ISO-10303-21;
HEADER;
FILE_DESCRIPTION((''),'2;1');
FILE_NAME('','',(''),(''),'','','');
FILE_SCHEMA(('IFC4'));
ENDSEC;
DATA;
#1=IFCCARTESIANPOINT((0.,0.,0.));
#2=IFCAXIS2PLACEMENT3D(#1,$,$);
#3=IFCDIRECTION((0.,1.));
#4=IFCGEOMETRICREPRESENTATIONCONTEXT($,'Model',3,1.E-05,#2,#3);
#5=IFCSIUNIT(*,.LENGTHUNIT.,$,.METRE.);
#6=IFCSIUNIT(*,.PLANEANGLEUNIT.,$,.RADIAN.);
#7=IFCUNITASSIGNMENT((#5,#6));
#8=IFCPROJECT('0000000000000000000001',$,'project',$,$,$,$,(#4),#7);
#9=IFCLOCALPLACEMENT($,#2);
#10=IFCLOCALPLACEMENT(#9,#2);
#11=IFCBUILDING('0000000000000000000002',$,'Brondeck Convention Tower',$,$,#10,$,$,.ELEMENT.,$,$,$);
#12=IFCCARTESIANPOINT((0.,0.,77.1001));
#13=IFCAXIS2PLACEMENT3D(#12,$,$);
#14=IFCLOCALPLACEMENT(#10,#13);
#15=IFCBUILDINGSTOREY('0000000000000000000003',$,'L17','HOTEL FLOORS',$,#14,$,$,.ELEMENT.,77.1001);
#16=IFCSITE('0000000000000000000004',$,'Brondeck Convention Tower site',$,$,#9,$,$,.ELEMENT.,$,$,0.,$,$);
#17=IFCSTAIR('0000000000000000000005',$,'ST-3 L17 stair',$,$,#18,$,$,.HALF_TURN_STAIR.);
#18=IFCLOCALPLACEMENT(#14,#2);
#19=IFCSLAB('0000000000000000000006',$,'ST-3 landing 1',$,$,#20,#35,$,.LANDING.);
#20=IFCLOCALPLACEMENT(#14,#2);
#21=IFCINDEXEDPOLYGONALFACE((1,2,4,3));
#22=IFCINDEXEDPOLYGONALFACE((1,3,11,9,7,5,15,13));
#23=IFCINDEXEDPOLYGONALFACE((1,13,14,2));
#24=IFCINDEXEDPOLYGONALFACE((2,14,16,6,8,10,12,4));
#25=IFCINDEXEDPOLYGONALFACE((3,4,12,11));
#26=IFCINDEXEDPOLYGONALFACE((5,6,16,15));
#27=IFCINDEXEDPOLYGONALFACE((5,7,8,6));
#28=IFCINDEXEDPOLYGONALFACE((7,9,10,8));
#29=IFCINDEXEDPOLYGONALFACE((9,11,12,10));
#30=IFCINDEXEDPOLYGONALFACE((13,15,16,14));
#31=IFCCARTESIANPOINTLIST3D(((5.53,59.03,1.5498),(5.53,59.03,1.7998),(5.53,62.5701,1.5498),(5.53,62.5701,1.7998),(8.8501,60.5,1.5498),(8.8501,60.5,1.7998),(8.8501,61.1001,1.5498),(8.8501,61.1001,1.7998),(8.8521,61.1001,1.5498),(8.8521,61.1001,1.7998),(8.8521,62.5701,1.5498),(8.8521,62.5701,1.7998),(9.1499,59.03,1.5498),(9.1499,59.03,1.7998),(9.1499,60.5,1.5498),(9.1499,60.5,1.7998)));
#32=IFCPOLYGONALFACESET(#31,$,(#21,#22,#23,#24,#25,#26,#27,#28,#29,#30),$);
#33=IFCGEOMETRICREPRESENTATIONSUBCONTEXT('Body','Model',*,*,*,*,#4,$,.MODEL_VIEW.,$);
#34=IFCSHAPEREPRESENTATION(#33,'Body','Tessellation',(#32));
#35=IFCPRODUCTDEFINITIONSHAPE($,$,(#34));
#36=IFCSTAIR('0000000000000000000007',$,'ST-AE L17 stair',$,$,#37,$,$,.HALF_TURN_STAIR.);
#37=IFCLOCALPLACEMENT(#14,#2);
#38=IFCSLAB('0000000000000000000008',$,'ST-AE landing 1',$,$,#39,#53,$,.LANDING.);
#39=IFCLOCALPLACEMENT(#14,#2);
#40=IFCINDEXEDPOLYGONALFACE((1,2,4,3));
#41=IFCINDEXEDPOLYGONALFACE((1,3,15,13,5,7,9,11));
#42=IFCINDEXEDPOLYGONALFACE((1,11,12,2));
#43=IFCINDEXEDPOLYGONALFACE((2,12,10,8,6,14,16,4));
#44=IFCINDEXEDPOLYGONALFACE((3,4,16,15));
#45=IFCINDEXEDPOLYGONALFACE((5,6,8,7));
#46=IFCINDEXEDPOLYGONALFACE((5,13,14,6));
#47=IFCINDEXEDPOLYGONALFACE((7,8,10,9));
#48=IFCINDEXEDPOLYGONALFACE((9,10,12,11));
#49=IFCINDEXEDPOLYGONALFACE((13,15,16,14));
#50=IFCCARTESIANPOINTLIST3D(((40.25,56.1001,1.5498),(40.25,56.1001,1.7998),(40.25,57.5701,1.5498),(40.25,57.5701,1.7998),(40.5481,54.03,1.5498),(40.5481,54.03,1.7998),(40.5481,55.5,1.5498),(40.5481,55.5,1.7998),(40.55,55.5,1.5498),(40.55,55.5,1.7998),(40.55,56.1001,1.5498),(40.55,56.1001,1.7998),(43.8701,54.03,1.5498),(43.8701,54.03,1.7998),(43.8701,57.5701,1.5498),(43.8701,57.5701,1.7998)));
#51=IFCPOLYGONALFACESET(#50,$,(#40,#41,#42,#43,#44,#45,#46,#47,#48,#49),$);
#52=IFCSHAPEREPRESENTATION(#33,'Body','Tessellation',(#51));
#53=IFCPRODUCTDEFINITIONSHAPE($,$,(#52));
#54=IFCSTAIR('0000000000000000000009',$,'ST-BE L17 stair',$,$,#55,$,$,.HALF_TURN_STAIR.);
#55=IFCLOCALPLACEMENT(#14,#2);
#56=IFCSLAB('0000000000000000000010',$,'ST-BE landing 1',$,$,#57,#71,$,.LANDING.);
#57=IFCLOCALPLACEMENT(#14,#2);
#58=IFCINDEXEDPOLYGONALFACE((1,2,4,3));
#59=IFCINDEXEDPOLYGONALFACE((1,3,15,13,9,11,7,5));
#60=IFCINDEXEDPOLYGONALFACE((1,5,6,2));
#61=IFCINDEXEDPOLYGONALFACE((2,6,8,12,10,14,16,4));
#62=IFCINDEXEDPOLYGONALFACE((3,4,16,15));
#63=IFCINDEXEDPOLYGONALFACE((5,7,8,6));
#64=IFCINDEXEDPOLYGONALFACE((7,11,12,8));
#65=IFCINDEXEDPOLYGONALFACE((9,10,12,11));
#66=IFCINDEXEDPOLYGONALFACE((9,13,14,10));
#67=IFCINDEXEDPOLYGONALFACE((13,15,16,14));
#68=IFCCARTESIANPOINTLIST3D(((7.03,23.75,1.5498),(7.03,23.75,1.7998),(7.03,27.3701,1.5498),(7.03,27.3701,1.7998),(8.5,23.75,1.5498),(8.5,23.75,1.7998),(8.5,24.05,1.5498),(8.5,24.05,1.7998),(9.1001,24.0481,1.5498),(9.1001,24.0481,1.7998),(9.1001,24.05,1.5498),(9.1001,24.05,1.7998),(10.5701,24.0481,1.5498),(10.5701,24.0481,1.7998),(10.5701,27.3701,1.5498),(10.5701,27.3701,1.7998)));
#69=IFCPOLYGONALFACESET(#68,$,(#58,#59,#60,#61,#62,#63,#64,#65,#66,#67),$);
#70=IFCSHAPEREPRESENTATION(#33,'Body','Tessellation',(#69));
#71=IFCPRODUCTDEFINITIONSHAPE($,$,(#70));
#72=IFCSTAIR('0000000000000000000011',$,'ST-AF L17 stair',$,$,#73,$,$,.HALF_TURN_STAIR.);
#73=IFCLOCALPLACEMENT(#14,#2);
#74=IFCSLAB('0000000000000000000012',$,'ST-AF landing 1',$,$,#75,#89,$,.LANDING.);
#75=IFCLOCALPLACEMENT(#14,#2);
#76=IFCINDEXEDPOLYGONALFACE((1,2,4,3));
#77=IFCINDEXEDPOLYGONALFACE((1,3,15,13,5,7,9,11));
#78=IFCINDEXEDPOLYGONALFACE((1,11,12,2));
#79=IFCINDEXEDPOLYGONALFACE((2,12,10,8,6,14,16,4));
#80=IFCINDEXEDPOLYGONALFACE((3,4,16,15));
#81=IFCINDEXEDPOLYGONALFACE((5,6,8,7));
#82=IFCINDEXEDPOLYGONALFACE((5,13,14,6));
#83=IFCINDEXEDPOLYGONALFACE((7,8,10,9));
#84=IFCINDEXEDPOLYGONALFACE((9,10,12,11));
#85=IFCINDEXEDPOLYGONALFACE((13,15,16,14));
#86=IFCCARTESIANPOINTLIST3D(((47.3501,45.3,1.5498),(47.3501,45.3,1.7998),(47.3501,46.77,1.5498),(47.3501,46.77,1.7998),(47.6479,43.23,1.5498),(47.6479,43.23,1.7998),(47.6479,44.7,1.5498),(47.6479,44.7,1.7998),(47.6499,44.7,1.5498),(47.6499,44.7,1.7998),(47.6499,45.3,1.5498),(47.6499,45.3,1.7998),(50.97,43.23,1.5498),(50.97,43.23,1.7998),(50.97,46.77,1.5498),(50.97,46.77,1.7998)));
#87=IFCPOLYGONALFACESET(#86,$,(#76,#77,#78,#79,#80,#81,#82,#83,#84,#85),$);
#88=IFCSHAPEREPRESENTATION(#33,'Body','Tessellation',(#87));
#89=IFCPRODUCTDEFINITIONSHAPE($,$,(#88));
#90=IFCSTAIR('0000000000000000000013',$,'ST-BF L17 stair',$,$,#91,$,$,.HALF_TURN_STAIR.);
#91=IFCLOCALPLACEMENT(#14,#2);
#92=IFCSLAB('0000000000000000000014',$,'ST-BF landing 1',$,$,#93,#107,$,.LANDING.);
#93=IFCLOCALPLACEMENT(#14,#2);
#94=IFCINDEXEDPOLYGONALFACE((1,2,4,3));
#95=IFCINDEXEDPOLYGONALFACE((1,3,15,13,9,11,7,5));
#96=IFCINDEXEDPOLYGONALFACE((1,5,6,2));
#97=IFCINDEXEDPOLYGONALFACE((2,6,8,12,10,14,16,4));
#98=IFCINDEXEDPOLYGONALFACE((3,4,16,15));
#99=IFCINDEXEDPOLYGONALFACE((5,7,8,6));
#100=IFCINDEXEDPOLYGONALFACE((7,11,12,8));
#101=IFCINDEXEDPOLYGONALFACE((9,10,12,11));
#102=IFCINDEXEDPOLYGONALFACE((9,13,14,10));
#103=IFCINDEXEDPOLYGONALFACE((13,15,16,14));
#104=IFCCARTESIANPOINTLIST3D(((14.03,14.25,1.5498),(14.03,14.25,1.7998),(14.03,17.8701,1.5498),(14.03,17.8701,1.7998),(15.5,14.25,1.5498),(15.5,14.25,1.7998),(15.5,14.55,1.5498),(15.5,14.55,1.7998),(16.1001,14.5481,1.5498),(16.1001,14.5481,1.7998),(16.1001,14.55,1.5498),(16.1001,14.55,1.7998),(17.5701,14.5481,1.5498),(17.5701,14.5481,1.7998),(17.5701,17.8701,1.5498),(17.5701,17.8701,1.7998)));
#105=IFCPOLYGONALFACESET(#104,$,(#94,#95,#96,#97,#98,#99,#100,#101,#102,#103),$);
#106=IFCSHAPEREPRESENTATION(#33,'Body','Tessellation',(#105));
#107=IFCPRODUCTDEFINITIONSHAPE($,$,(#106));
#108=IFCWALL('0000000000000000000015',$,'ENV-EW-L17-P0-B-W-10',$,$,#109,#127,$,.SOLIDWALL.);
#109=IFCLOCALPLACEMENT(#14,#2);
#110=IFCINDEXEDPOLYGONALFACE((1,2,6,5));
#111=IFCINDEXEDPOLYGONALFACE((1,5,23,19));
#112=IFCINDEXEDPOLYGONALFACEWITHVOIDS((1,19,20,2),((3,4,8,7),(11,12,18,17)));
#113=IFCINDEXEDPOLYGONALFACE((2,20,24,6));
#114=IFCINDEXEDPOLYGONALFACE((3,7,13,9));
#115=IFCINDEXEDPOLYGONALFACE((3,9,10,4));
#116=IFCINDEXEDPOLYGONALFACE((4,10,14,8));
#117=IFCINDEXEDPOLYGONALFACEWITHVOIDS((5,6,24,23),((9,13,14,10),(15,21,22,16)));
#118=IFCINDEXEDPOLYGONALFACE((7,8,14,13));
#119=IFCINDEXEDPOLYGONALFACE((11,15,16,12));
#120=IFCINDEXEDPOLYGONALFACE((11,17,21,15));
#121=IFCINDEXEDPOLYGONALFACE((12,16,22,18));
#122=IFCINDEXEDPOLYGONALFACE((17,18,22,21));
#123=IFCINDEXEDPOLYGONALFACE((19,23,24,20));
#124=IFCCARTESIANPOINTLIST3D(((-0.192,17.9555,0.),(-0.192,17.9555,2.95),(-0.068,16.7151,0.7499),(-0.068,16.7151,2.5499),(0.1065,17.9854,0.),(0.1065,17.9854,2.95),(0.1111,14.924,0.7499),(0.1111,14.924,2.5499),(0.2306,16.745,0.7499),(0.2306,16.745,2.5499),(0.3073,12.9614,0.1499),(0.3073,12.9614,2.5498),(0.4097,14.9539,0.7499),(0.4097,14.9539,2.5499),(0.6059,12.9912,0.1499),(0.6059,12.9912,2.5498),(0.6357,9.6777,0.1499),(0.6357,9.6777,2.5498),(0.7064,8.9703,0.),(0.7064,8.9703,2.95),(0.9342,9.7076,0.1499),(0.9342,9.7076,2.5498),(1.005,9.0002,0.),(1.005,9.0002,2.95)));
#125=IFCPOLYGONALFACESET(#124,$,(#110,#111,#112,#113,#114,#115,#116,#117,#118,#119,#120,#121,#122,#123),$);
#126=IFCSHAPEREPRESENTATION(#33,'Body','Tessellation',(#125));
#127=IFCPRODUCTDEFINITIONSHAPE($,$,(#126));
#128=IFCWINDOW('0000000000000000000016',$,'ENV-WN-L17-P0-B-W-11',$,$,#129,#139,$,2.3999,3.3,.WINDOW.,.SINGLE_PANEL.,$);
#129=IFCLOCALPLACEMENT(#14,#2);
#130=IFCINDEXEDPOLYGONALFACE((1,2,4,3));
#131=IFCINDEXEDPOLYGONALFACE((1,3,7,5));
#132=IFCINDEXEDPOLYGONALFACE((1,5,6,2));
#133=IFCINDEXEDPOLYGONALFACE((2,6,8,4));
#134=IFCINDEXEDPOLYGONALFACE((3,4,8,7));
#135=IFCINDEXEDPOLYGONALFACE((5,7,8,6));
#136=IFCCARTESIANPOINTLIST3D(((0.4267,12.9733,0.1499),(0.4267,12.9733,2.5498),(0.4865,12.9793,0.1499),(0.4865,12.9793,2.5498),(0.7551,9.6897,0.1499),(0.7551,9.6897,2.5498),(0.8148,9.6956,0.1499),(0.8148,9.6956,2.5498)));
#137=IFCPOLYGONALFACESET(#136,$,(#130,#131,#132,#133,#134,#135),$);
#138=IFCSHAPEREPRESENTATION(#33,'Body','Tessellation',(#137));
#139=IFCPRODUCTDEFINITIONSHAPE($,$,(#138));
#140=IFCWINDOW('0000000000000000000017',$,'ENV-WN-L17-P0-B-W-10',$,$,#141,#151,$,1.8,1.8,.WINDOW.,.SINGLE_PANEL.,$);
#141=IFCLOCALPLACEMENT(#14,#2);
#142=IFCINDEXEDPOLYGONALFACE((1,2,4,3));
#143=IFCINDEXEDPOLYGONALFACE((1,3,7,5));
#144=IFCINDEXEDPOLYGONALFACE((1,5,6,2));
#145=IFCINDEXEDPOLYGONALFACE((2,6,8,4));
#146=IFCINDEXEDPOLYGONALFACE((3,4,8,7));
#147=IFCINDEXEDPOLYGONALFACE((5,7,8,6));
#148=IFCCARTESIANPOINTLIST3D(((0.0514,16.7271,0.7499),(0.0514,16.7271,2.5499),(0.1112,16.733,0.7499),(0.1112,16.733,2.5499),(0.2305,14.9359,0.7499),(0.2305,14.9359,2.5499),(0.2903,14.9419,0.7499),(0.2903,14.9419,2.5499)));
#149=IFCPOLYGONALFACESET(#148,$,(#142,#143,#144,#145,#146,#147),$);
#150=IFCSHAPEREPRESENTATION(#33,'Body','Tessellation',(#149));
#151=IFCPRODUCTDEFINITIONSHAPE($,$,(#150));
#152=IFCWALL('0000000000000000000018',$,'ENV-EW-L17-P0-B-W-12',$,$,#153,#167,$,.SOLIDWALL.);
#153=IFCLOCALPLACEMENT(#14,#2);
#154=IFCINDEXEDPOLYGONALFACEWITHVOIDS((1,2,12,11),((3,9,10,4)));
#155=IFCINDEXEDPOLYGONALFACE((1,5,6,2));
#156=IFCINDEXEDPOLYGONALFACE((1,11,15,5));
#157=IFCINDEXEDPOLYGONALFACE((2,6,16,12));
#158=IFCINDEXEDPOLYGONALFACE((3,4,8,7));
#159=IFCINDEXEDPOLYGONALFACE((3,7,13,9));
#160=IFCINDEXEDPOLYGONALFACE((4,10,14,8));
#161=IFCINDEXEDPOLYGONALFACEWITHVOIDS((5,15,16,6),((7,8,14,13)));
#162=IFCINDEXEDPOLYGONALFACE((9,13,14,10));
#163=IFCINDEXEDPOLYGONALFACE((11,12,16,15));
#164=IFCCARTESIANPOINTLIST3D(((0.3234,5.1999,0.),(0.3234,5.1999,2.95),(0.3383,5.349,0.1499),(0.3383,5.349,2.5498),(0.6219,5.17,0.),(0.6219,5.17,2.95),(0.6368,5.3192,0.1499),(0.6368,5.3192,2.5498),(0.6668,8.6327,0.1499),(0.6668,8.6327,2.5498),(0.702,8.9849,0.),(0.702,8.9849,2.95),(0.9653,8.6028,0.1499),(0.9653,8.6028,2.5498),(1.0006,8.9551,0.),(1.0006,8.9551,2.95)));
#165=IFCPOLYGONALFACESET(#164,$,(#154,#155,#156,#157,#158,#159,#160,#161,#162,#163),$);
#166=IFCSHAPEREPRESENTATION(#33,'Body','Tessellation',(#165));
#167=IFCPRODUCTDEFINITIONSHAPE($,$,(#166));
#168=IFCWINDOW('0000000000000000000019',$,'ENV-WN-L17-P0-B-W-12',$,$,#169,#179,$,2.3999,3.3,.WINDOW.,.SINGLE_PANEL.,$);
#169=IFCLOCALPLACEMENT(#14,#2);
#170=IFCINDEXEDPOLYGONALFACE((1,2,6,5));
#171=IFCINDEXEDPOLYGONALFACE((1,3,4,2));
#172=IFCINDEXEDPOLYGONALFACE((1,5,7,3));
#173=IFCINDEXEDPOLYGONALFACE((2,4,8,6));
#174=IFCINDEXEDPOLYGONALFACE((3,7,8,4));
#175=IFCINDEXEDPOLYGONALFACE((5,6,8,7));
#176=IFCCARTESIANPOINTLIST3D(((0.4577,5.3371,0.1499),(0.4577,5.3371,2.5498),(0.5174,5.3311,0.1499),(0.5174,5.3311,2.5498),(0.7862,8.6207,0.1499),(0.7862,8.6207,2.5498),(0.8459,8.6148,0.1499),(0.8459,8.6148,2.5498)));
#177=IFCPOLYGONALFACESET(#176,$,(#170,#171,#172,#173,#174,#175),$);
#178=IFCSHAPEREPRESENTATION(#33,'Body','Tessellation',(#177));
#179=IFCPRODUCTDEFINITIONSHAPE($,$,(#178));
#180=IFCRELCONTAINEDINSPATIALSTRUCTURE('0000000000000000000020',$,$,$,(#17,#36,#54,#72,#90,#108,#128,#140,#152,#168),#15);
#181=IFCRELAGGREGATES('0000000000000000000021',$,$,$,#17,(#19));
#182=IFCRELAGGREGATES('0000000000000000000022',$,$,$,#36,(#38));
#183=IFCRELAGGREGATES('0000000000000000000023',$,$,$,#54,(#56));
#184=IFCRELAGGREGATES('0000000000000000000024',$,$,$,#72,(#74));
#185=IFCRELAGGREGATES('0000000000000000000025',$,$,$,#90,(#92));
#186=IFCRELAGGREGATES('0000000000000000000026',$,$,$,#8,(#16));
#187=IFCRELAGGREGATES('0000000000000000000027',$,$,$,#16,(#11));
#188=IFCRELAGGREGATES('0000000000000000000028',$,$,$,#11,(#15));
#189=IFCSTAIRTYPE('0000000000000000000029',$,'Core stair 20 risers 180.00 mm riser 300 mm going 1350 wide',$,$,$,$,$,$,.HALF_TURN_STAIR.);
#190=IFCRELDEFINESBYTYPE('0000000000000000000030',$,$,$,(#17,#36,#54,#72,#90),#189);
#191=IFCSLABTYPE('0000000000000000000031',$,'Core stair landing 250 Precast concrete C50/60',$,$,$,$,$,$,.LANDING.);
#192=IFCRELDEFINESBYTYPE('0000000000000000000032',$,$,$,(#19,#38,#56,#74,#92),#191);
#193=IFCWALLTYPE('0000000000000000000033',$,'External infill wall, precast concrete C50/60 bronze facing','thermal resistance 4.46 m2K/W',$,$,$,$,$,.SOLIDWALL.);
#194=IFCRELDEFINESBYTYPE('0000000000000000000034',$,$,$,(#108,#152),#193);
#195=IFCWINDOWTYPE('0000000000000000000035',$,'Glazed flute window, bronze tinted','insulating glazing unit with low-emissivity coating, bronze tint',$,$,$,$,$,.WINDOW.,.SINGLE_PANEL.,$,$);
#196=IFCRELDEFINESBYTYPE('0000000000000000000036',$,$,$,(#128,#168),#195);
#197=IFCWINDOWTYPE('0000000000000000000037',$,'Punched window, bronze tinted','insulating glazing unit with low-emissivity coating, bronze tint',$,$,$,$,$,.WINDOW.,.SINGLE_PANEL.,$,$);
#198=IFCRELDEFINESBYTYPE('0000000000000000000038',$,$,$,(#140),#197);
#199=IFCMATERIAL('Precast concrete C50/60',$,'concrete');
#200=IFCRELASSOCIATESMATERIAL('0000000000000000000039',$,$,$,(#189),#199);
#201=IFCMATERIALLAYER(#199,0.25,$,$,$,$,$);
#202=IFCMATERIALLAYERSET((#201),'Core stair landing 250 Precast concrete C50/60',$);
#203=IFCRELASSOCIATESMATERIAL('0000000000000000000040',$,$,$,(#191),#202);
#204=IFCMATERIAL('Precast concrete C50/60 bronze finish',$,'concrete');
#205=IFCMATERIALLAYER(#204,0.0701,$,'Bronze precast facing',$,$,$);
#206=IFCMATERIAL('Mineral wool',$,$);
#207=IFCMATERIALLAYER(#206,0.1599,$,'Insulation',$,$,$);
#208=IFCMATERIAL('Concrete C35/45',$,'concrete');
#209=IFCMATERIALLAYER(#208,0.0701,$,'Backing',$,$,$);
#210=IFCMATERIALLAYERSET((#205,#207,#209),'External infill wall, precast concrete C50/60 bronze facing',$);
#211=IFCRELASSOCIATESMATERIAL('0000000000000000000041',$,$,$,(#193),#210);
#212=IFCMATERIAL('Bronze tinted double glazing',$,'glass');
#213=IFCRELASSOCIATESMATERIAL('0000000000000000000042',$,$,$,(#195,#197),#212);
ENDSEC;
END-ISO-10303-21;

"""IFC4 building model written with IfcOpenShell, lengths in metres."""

from ifc_helpers import new_model, si_unit, direction, frame, frame_2d, origin, place, context, subcontext, project, spatial, polyline, rectangle, outline, extrude, material, layer, layer_set, type_object, element, fill, aggregate, save


model = new_model("IFC4")

# Units and contexts
model_context = context("Model", 3, precision=1e-05, world=origin(), true_north=direction((0.0, 1.0)))
body_context = subcontext(model_context, "Body", "Model", "MODEL_VIEW")
ifc_project = project(units=[si_unit("LENGTHUNIT", "METRE"), si_unit("PLANEANGLEUNIT", "RADIAN")], contexts=[model_context])

# Site, building, storey
site_placement = place(None, origin())
site = spatial("IfcSite", under=ifc_project, at=site_placement, Name="Brondeck Convention Tower site", CompositionType="ELEMENT", RefElevation=0.0)
building_placement = place(site_placement, origin())
building = spatial("IfcBuilding", under=site, at=building_placement, Name="Brondeck Convention Tower", CompositionType="ELEMENT")
storey_placement = place(building_placement, frame((0.0, 0.0, 77.1001)))
storey = spatial("IfcBuildingStorey", under=building, at=storey_placement, Name="L17", Description="HOTEL FLOORS", CompositionType="ELEMENT", Elevation=77.1001)

# Shared definitions
ifc_material_1 = material(Name="Concrete C35/45", Category="concrete")

# Stairs, slabs
ifc_material_2 = material(Name="Precast concrete C50/60", Category="concrete")
stair_type = type_object("IfcStairType", Name="Core stair 20 risers 180.00 mm riser 300 mm going 1350 wide", PredefinedType="HALF_TURN_STAIR", material=ifc_material_2)
ifc_layer_1 = layer(ifc_material_2, 0.25)
ifc_layer_set_1 = layer_set([ifc_layer_1], Name="Core stair landing 250 Precast concrete C50/60")
slab_type_1 = type_object("IfcSlabType", Name="Core stair landing 250 Precast concrete C50/60", PredefinedType="LANDING", material=ifc_layer_set_1)
stair_1_placement = place(storey_placement, origin())
stair_1 = element("IfcStair", 1, at=stair_1_placement, inside=storey, type_object=stair_type, Name="ST-3 L17 stair", PredefinedType="HALF_TURN_STAIR")
slab_1_placement = place(storey_placement, frame((0.0, 0.0, 1.5498)))
slab_1 = element("IfcSlab", 2, at=slab_1_placement, type_object=slab_type_1, Name="ST-3 landing 1", PredefinedType="LANDING", context=body_context, shape_type="SweptSolid", body=[
    extrude(outline(polyline([(9.1499, 60.5), (9.1499, 59.03), (5.53, 59.03), (5.53, 62.5701), (8.8521, 62.5701), (8.8521, 61.1001), (8.8501, 61.1001), (8.8501, 60.5), (9.1499, 60.5)])), origin(), (0.0, 0.0, 1.0), 0.25),
])
aggregate(stair_1, [slab_1])
stair_2_placement = place(storey_placement, origin())
stair_2 = element("IfcStair", 3, at=stair_2_placement, inside=storey, type_object=stair_type, Name="ST-AE L17 stair", PredefinedType="HALF_TURN_STAIR")
slab_2_placement = place(storey_placement, frame((0.0, 0.0, 1.5498)))
slab_2 = element("IfcSlab", 4, at=slab_2_placement, type_object=slab_type_1, Name="ST-AE landing 1", PredefinedType="LANDING", context=body_context, shape_type="SweptSolid", body=[
    extrude(outline(polyline([(40.5481, 55.5), (40.55, 55.5), (40.55, 56.1001), (40.25, 56.1001), (40.25, 57.5701), (43.8701, 57.5701), (43.8701, 54.03), (40.5481, 54.03), (40.5481, 55.5)])), origin(), (0.0, 0.0, 1.0), 0.25),
])
aggregate(stair_2, [slab_2])
stair_3_placement = place(storey_placement, origin())
stair_3 = element("IfcStair", 5, at=stair_3_placement, inside=storey, type_object=stair_type, Name="ST-BE L17 stair", PredefinedType="HALF_TURN_STAIR")
slab_3_placement = place(storey_placement, frame((0.0, 0.0, 1.5498)))
slab_3 = element("IfcSlab", 6, at=slab_3_placement, type_object=slab_type_1, Name="ST-BE landing 1", PredefinedType="LANDING", context=body_context, shape_type="SweptSolid", body=[
    extrude(outline(polyline([(7.03, 23.75), (7.03, 27.3701), (10.5701, 27.3701), (10.5701, 24.0481), (9.1001, 24.0481), (9.1001, 24.05), (8.5, 24.05), (8.5, 23.75), (7.03, 23.75)])), origin(), (0.0, 0.0, 1.0), 0.25),
])
aggregate(stair_3, [slab_3])
stair_4_placement = place(storey_placement, origin())
stair_4 = element("IfcStair", 7, at=stair_4_placement, inside=storey, type_object=stair_type, Name="ST-AF L17 stair", PredefinedType="HALF_TURN_STAIR")
slab_4_placement = place(storey_placement, frame((0.0, 0.0, 1.5498)))
slab_4 = element("IfcSlab", 8, at=slab_4_placement, type_object=slab_type_1, Name="ST-AF landing 1", PredefinedType="LANDING", context=body_context, shape_type="SweptSolid", body=[
    extrude(outline(polyline([(47.6479, 44.7), (47.6499, 44.7), (47.6499, 45.3), (47.3501, 45.3), (47.3501, 46.77), (50.97, 46.77), (50.97, 43.23), (47.6479, 43.23), (47.6479, 44.7)])), origin(), (0.0, 0.0, 1.0), 0.25),
])
aggregate(stair_4, [slab_4])
stair_5_placement = place(storey_placement, origin())
stair_5 = element("IfcStair", 9, at=stair_5_placement, inside=storey, type_object=stair_type, Name="ST-BF L17 stair", PredefinedType="HALF_TURN_STAIR")
slab_5_placement = place(storey_placement, frame((0.0, 0.0, 1.5498)))
slab_5 = element("IfcSlab", 10, at=slab_5_placement, type_object=slab_type_1, Name="ST-BF landing 1", PredefinedType="LANDING", context=body_context, shape_type="SweptSolid", body=[
    extrude(outline(polyline([(14.03, 14.25), (14.03, 17.8701), (17.5701, 17.8701), (17.5701, 14.5481), (16.1001, 14.5481), (16.1001, 14.55), (15.5, 14.55), (15.5, 14.25), (14.03, 14.25)])), origin(), (0.0, 0.0, 1.0), 0.25),
])
aggregate(stair_5, [slab_5])

# Wall, openings, windows
ifc_material_3 = material(Name="Precast concrete C50/60 bronze finish", Category="concrete")
ifc_layer_2 = layer(ifc_material_3, 0.0701, Name="Bronze precast facing")
ifc_material_4 = material(Name="Mineral wool")
ifc_layer_3 = layer(ifc_material_4, 0.1599, Name="Insulation")
ifc_layer_4 = layer(ifc_material_1, 0.0701, Name="Backing")
ifc_layer_set_2 = layer_set([ifc_layer_2, ifc_layer_3, ifc_layer_4], Name="External infill wall, precast concrete C50/60 bronze facing")
wall_type_1 = type_object("IfcWallType", Name="External infill wall, precast concrete C50/60 bronze facing", Description="thermal resistance 4.46 m2K/W", PredefinedType="SOLIDWALL", material=ifc_layer_set_2)
wall_1_placement = place(storey_placement, frame((0.8557, 8.9851, 0.0), z_axis=(0.0, 0.0, 1.0), x_axis=(-0.099496, 0.995038, 0.0)))
wall_1 = element("IfcWall", 11, at=wall_1_placement, inside=storey, type_object=wall_type_1, Name="ENV-EW-L17-P0-B-W-10", PredefinedType="SOLIDWALL", context=body_context, shape_type="SweptSolid", body=[
    extrude(rectangle(XDim=9.03, YDim=0.3, at=frame_2d((4.5151, 0.0))), origin(), (0.0, 0.0, 1.0), 2.95),
])
opening_1_placement = place(wall_1_placement, frame((0.7112, 0.0, 0.1499)))
opening_1 = element("IfcOpeningElement", 12, at=opening_1_placement, cuts=wall_1, PredefinedType="OPENING", context=body_context, shape_type="SweptSolid", body=[
    extrude(rectangle(XDim=3.3, YDim=2.3999, at=frame_2d((1.6499, 1.2))), frame((0.0, 0.1599, 0.0), z_axis=(0.0, -1.0, 0.0), x_axis=(1.0, 0.0, 0.0)), (0.0, 0.0, 1.0), 0.3201),
])
opening_2_placement = place(wall_1_placement, frame((5.9836, 0.0, 0.75)))
opening_2 = element("IfcOpeningElement", 13, at=opening_2_placement, cuts=wall_1, PredefinedType="OPENING", context=body_context, shape_type="SweptSolid", body=[
    extrude(rectangle(XDim=1.8, YDim=1.8, at=frame_2d((0.8999, 0.8999))), frame((0.0, 0.1599, 0.0), z_axis=(0.0, -1.0, 0.0), x_axis=(1.0, 0.0, 0.0)), (0.0, 0.0, 1.0), 0.3201),
])
ifc_material_5 = material(Name="Bronze tinted double glazing", Category="glass")
window_type_1 = type_object("IfcWindowType", Name="Glazed flute window, bronze tinted", Description="insulating glazing unit with low-emissivity coating, bronze tint", PartitioningType="SINGLE_PANEL", PredefinedType="WINDOW", material=ifc_material_5)
window_1_placement = place(opening_1_placement, origin())
window_1 = element("IfcWindow", 14, at=window_1_placement, inside=storey, type_object=window_type_1, Name="ENV-WN-L17-P0-B-W-11", OverallHeight=2.3999, OverallWidth=3.3, PartitioningType="SINGLE_PANEL", PredefinedType="WINDOW", context=body_context, shape_type="SweptSolid", body=[
    extrude(rectangle(XDim=3.3, YDim=2.3999, at=frame_2d((1.6499, 1.2))), frame((0.0, 0.03, 0.0), z_axis=(0.0, -1.0, 0.0), x_axis=(1.0, 0.0, 0.0)), (0.0, 0.0, 1.0), 0.0601),
])
fill(opening_1, window_1)
window_type_2 = type_object("IfcWindowType", Name="Punched window, bronze tinted", Description="insulating glazing unit with low-emissivity coating, bronze tint", PartitioningType="SINGLE_PANEL", PredefinedType="WINDOW", material=ifc_material_5)
window_2_placement = place(opening_2_placement, origin())
window_2 = element("IfcWindow", 15, at=window_2_placement, inside=storey, type_object=window_type_2, Name="ENV-WN-L17-P0-B-W-10", OverallHeight=1.8, OverallWidth=1.8, PartitioningType="SINGLE_PANEL", PredefinedType="WINDOW", context=body_context, shape_type="SweptSolid", body=[
    extrude(rectangle(XDim=1.8, YDim=1.8, at=frame_2d((0.8999, 0.8999))), frame((0.0, 0.03, 0.0), z_axis=(0.0, -1.0, 0.0), x_axis=(1.0, 0.0, 0.0)), (0.0, 0.0, 1.0), 0.0601),
])
fill(opening_2, window_2)

# Wall, opening, window
wall_2_placement = place(storey_placement, frame((0.4727, 5.1851, 0.0), z_axis=(0.0, 0.0, 1.0), x_axis=(0.099542, 0.995033, 0.0)))
wall_2 = element("IfcWall", 16, at=wall_2_placement, inside=storey, type_object=wall_type_1, Name="ENV-EW-L17-P0-B-W-12", PredefinedType="SOLIDWALL", context=body_context, shape_type="SweptSolid", body=[
    extrude(rectangle(XDim=3.804, YDim=0.3, at=frame_2d((1.9019, 0.0))), origin(), (0.0, 0.0, 1.0), 2.95),
])
opening_3_placement = place(wall_2_placement, frame((0.1499, 0.0, 0.1499)))
opening_3 = element("IfcOpeningElement", 17, at=opening_3_placement, cuts=wall_2, PredefinedType="OPENING", context=body_context, shape_type="SweptSolid", body=[
    extrude(rectangle(XDim=3.3, YDim=2.3999, at=frame_2d((1.6499, 1.2))), frame((0.0, 0.1599, 0.0), z_axis=(0.0, -1.0, 0.0), x_axis=(1.0, 0.0, 0.0)), (0.0, 0.0, 1.0), 0.3201),
])
window_3_placement = place(opening_3_placement, origin())
window_3 = element("IfcWindow", 18, at=window_3_placement, inside=storey, type_object=window_type_1, Name="ENV-WN-L17-P0-B-W-12", OverallHeight=2.3999, OverallWidth=3.3, PartitioningType="SINGLE_PANEL", PredefinedType="WINDOW", context=body_context, shape_type="SweptSolid", body=[
    extrude(rectangle(XDim=3.3, YDim=2.3999, at=frame_2d((1.6499, 1.2))), frame((0.0, 0.03, 0.0), z_axis=(0.0, -1.0, 0.0), x_axis=(1.0, 0.0, 0.0)), (0.0, 0.0, 1.0), 0.0601),
])
fill(opening_3, window_3)

save(model, "model.ifc")
